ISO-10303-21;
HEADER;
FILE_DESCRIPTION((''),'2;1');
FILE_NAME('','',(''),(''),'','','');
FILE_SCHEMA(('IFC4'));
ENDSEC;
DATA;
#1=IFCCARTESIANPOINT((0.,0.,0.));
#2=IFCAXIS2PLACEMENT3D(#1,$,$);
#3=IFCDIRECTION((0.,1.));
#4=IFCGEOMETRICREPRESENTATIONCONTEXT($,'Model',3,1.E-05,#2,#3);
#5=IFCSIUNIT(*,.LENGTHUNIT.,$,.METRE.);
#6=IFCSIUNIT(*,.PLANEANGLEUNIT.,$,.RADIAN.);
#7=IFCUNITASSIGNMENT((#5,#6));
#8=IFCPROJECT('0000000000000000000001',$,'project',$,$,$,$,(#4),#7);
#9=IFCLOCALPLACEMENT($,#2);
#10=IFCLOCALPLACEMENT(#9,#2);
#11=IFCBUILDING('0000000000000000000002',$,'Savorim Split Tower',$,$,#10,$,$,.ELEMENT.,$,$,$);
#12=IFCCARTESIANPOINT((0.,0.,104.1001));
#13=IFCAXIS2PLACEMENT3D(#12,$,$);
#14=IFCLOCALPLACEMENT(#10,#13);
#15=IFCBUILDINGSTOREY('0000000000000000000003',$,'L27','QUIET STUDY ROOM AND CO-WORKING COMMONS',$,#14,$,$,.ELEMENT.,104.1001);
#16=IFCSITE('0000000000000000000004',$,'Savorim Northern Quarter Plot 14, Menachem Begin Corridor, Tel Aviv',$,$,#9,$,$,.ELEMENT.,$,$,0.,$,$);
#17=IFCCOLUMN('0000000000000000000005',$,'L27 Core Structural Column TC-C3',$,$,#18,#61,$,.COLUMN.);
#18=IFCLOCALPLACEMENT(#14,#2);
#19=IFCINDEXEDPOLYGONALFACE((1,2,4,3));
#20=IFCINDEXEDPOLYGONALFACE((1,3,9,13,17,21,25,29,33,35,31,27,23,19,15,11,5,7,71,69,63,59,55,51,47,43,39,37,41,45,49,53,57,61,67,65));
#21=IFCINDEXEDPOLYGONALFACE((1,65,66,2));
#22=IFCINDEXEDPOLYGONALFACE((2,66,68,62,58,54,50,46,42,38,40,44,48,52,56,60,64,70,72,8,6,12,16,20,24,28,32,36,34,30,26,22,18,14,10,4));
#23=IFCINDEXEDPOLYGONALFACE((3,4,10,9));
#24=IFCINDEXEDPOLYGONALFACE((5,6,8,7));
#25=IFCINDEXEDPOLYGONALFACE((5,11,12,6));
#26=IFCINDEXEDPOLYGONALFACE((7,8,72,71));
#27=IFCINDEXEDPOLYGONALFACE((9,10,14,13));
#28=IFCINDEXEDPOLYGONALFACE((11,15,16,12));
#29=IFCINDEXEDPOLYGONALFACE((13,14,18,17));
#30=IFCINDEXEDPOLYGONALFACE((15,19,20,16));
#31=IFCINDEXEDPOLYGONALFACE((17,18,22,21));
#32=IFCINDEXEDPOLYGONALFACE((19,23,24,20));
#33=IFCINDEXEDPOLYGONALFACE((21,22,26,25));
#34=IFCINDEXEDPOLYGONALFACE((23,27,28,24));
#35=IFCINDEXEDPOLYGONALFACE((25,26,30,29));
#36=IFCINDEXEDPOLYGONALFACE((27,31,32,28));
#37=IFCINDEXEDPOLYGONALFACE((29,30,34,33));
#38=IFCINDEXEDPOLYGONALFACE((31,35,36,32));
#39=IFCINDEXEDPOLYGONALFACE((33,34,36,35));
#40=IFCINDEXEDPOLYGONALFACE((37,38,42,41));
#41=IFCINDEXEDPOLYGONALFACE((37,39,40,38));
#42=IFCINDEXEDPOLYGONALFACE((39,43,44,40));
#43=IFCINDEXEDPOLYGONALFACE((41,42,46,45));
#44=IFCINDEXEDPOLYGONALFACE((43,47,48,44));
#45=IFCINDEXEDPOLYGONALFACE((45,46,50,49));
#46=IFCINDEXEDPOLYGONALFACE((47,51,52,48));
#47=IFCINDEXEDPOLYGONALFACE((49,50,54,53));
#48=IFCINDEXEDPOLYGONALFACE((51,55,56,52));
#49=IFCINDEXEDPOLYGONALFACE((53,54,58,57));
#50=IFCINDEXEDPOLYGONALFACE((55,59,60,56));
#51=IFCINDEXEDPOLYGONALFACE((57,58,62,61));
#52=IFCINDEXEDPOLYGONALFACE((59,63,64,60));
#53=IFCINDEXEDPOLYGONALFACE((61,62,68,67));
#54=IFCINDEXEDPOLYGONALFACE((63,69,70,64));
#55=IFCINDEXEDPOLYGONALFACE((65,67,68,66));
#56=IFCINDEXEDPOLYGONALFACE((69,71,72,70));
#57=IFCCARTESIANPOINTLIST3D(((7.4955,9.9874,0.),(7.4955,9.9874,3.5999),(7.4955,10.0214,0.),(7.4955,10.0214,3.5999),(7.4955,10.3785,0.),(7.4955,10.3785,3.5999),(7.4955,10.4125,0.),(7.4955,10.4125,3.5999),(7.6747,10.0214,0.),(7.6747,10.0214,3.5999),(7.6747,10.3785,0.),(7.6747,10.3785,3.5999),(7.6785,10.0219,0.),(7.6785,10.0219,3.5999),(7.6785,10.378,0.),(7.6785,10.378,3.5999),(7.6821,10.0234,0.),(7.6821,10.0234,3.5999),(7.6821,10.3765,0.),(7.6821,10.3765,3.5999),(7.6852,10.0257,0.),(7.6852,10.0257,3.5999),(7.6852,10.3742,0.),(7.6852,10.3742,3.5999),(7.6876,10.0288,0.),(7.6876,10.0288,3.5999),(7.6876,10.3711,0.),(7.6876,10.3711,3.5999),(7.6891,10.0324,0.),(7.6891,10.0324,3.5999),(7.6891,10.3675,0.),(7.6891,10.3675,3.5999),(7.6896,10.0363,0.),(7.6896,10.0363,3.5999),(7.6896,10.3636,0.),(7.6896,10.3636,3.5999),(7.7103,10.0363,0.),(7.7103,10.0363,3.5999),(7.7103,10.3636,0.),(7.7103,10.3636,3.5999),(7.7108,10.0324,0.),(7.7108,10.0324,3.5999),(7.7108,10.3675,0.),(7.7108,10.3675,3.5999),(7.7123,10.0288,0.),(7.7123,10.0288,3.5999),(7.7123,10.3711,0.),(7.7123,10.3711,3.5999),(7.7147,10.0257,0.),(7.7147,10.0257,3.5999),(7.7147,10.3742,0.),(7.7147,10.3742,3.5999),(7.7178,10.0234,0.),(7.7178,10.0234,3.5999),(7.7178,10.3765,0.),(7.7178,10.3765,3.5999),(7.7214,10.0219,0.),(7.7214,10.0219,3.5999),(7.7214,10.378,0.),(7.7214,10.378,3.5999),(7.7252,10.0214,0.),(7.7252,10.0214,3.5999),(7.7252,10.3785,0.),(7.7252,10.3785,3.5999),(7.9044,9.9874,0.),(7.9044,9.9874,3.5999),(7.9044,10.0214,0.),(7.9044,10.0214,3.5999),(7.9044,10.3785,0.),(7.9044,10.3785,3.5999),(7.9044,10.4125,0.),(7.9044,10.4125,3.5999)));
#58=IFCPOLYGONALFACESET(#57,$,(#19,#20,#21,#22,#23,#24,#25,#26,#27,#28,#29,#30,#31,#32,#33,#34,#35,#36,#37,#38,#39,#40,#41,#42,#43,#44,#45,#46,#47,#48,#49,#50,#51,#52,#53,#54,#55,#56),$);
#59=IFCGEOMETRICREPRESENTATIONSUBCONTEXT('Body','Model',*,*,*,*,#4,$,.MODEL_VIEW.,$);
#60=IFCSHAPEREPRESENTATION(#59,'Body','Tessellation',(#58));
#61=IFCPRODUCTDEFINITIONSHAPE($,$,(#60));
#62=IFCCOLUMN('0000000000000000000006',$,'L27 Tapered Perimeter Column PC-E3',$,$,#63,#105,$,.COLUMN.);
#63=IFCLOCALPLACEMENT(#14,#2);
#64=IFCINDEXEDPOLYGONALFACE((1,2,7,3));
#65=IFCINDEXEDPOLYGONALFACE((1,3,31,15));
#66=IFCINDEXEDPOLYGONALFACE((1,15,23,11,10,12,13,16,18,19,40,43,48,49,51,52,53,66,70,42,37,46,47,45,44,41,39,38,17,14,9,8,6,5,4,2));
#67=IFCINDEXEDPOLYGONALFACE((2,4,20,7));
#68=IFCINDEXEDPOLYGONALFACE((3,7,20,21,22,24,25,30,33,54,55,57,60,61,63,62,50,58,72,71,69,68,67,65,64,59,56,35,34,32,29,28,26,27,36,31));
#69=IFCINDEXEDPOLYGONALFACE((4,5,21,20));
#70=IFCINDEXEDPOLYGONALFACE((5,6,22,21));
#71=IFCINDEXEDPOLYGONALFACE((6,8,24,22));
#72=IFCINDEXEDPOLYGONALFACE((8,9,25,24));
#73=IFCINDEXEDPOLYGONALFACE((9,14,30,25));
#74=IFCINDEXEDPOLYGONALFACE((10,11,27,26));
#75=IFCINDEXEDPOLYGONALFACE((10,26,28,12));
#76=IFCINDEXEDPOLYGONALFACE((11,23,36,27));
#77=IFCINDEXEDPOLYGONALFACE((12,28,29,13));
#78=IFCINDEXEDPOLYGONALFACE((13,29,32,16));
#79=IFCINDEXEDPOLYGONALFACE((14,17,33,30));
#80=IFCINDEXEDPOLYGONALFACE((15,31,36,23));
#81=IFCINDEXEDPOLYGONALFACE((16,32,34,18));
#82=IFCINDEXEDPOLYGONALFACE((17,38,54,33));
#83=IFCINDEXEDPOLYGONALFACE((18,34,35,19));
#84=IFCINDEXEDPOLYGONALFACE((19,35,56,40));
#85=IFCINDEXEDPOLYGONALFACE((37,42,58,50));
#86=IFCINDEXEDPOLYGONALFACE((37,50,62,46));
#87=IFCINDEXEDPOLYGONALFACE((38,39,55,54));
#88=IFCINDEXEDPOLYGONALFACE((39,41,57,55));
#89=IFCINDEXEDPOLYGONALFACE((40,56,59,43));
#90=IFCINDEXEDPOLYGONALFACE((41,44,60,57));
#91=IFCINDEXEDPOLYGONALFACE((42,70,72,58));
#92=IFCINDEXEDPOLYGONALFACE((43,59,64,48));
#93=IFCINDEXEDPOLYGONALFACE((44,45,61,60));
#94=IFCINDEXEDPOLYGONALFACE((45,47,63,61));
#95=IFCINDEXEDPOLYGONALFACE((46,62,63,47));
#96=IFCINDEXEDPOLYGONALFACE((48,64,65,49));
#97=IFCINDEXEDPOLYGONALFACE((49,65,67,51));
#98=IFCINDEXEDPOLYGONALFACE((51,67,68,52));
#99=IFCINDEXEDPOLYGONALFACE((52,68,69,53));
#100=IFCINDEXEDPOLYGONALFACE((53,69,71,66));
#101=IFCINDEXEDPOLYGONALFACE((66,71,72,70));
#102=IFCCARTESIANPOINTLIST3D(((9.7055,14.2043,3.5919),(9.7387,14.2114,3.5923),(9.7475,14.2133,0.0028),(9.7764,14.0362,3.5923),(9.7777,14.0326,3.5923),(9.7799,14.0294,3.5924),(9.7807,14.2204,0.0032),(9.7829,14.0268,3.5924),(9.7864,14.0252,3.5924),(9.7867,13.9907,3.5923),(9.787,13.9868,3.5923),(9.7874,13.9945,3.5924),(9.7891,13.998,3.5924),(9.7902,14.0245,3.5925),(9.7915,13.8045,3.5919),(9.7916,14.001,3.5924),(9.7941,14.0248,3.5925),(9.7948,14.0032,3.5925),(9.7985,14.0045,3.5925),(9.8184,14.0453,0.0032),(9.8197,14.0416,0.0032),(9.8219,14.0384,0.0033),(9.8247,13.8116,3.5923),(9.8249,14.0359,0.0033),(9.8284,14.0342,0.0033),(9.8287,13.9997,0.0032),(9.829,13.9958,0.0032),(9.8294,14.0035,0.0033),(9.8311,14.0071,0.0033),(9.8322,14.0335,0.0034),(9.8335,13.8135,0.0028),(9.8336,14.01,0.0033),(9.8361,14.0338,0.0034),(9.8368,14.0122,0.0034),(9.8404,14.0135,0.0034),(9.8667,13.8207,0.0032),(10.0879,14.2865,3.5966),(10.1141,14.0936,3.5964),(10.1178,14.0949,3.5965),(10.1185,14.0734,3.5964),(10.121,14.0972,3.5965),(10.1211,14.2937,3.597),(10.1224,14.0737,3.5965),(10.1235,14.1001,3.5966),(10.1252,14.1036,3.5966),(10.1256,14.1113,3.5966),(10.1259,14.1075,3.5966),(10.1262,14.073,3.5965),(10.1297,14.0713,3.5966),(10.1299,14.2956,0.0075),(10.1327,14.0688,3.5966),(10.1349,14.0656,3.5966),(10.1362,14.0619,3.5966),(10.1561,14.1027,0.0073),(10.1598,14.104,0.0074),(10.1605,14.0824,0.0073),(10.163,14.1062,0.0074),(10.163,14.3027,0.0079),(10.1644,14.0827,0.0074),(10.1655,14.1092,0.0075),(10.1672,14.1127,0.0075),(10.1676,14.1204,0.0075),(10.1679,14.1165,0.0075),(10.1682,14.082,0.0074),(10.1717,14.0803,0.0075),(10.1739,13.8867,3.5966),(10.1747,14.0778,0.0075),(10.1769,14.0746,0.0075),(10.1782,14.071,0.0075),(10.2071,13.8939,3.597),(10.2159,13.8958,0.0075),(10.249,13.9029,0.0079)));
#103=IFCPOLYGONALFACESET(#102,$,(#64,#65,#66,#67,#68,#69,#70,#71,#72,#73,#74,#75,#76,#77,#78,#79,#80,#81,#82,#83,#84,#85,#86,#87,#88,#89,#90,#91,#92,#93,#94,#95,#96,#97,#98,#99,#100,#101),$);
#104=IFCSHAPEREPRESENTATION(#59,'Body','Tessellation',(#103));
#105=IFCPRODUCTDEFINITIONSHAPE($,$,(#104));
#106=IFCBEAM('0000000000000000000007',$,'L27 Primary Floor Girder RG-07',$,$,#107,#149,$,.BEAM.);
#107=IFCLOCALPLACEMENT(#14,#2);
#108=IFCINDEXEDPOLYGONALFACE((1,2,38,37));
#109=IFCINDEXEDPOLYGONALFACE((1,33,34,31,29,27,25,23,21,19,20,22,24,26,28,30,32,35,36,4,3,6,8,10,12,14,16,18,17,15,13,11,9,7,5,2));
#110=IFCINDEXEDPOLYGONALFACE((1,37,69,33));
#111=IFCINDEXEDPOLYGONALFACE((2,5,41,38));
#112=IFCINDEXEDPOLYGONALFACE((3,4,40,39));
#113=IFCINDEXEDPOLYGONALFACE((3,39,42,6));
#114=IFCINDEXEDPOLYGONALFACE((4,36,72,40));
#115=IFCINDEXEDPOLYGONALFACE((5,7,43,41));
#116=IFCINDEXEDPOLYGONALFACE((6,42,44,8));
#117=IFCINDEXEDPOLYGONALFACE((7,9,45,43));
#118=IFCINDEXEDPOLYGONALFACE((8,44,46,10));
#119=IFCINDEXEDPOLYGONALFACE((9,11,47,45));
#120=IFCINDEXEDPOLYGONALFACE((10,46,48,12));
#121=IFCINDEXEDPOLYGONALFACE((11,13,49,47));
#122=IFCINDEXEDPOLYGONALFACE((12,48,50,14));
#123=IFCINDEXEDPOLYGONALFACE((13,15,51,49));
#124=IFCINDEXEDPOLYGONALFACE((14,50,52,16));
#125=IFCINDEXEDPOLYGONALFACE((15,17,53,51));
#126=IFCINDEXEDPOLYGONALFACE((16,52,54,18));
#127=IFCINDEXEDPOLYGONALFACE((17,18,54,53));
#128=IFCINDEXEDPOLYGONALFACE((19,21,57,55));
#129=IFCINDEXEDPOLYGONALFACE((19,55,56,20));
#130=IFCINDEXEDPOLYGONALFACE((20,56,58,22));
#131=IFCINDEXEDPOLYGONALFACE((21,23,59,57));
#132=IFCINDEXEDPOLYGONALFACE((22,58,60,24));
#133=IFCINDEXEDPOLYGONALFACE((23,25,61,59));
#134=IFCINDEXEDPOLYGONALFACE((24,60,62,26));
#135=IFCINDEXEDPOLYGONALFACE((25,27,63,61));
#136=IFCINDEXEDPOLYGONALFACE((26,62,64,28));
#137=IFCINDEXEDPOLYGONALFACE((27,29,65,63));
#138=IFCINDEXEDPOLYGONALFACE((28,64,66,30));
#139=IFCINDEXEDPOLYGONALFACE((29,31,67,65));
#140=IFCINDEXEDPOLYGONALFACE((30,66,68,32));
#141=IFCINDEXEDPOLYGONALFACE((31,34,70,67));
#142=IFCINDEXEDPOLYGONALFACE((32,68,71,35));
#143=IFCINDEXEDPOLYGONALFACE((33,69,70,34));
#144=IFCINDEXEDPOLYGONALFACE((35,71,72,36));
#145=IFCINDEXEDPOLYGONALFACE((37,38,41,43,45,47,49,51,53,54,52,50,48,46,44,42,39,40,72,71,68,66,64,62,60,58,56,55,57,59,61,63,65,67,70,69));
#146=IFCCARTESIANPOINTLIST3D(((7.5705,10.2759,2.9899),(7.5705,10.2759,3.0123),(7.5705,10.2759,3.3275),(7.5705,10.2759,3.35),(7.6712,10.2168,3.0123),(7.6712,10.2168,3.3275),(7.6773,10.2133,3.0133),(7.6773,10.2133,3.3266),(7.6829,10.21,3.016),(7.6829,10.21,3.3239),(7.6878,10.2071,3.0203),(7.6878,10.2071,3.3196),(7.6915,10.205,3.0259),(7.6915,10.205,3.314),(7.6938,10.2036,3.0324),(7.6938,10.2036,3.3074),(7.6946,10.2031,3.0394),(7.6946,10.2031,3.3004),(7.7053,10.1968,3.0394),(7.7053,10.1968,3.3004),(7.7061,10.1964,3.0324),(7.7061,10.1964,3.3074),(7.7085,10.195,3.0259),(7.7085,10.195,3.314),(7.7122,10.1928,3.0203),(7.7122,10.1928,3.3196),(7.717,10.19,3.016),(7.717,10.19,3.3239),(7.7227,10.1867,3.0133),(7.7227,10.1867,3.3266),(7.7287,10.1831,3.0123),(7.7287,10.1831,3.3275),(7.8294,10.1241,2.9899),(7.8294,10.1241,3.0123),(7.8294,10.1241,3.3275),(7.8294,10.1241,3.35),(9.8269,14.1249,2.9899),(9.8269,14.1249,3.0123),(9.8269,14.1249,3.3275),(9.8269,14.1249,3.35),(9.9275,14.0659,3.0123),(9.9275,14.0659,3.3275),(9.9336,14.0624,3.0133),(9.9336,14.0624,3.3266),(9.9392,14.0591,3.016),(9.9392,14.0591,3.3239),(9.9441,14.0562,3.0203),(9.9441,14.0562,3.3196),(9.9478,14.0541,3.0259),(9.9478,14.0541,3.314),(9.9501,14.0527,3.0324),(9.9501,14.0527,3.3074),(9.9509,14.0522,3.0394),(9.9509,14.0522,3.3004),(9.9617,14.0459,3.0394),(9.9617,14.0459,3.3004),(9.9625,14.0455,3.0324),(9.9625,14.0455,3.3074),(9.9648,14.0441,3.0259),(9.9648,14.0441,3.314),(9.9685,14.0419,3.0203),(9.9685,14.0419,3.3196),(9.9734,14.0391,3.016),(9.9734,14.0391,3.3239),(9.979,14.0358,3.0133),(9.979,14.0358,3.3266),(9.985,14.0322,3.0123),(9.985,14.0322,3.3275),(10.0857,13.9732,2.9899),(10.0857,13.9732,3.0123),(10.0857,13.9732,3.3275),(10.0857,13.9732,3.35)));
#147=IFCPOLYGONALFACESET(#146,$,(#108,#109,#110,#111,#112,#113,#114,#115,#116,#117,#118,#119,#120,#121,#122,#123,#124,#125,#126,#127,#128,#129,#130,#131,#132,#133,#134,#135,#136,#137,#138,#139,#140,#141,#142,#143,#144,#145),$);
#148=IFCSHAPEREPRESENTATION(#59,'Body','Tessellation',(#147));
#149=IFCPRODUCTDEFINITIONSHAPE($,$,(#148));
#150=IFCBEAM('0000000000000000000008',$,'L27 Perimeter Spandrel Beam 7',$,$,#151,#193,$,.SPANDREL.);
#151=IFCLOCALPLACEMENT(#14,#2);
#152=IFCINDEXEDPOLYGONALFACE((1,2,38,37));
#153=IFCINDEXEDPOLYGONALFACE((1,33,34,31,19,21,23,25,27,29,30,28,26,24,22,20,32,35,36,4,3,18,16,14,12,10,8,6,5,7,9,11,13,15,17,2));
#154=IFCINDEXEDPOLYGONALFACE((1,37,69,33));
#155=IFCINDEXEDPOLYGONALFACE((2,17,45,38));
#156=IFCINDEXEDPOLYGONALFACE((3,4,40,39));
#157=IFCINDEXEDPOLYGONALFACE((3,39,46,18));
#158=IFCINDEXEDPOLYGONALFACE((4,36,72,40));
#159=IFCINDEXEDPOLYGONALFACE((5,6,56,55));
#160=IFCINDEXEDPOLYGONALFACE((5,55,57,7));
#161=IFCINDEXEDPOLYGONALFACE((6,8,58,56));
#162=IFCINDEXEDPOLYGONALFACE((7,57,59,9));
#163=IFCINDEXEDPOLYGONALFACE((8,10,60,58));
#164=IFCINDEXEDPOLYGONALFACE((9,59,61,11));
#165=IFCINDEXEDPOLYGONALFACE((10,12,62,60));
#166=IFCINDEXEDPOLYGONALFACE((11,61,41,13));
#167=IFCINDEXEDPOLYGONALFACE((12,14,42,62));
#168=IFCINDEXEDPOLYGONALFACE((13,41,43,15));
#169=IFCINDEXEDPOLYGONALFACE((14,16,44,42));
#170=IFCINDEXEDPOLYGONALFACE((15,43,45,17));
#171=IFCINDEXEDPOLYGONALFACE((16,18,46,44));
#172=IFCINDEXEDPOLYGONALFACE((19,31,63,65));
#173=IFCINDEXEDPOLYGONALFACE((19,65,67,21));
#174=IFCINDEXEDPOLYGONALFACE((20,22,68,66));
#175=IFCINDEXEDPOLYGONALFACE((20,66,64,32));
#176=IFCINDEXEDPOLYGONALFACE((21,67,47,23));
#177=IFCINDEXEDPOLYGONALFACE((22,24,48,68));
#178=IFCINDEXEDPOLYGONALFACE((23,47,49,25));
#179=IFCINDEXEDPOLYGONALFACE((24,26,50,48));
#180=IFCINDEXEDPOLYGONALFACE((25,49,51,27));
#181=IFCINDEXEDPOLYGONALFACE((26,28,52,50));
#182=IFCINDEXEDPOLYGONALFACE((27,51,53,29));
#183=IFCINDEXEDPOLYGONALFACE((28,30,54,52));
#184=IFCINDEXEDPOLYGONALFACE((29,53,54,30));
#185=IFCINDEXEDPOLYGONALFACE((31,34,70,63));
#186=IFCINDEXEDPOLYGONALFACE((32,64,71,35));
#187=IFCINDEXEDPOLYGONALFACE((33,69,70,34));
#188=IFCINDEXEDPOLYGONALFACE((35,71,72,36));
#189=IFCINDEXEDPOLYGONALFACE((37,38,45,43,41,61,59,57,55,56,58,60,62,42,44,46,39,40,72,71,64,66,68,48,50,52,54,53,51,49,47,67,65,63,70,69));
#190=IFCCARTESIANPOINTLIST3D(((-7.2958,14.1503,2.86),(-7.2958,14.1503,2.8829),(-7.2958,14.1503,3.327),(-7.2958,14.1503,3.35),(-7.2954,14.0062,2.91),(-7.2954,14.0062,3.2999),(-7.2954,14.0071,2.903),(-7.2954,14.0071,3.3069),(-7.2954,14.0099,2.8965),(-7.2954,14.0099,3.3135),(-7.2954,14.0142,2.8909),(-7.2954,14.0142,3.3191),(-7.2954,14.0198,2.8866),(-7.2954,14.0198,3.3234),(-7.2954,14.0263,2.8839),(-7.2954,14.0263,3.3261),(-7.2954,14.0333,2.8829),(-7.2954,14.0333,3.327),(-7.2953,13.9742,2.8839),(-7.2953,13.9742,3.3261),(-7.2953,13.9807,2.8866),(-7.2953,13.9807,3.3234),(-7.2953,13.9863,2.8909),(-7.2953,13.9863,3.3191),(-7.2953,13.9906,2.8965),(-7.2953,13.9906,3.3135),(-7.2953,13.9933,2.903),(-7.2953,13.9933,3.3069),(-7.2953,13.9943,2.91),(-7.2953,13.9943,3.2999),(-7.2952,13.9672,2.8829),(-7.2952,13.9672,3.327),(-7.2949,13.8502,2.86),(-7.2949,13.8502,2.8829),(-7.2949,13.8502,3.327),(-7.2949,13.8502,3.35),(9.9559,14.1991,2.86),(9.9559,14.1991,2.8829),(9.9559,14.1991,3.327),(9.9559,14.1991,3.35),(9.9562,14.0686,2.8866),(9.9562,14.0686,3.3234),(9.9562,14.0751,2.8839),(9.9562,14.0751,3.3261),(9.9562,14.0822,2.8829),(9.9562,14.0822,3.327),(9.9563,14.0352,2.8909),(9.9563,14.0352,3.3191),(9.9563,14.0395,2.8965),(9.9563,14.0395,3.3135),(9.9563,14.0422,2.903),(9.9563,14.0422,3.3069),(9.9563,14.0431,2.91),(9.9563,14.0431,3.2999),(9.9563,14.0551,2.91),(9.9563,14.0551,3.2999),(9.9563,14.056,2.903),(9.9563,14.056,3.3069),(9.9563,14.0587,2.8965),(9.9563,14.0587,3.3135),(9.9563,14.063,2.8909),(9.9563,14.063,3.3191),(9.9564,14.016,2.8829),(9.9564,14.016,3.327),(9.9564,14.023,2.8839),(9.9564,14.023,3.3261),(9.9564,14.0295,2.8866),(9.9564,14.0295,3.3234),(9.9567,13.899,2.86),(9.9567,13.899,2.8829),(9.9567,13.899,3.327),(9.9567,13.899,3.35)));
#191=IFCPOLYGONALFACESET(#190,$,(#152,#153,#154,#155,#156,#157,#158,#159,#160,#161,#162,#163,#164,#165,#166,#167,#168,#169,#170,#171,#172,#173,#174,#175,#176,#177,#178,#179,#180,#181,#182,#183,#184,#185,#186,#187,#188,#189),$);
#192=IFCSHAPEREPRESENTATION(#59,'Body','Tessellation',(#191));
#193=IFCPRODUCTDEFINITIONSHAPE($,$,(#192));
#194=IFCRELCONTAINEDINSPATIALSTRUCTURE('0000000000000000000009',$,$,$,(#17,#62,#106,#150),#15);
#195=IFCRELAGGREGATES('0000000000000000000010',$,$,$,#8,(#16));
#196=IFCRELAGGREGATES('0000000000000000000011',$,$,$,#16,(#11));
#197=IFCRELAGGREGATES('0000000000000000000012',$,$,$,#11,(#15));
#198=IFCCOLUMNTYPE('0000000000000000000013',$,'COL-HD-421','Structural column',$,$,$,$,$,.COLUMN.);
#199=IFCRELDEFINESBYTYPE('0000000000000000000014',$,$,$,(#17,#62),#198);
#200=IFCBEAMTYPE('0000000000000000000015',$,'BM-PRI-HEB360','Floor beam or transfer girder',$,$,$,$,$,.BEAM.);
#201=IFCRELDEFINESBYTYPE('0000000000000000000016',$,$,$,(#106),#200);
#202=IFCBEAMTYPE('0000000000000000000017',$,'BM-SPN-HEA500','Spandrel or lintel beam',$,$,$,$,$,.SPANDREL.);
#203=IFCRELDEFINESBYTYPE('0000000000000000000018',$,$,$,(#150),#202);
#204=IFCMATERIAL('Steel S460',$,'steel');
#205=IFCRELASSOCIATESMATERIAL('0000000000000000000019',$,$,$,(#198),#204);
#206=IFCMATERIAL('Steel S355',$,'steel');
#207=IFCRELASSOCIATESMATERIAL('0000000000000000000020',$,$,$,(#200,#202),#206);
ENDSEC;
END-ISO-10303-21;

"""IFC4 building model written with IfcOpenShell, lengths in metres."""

from ifc_helpers import new_model, si_unit, direction, frame, origin, origin_2d, place, context, subcontext, project, spatial, i_section, extrude, material, material_profile, profile_set, type_object, element, save


model = new_model("IFC4")

# Units and contexts
model_context = context("Model", 3, precision=1e-05, world=origin(), true_north=direction((0.0, 1.0)))
body_context = subcontext(model_context, "Body", "Model", "MODEL_VIEW")
ifc_project = project(units=[si_unit("LENGTHUNIT", "METRE"), si_unit("PLANEANGLEUNIT", "RADIAN")], contexts=[model_context])

# Site, building, storey
site_placement = place(None, origin())
site = spatial("IfcSite", under=ifc_project, at=site_placement, Name="Savorim Northern Quarter Plot 14, Menachem Begin Corridor, Tel Aviv", CompositionType="ELEMENT", RefElevation=0.0)
building_placement = place(site_placement, origin())
building = spatial("IfcBuilding", under=site, at=building_placement, Name="Savorim Split Tower", CompositionType="ELEMENT")
storey_placement = place(building_placement, frame((0.0, 0.0, 104.1001)))
storey = spatial("IfcBuildingStorey", under=building, at=storey_placement, Name="L27", Description="QUIET STUDY ROOM AND CO-WORKING COMMONS", CompositionType="ELEMENT", Elevation=104.1001)

# Columns
ifc_material_1 = material(Name="Steel S460", Category="steel")
ifc_material_profile_1 = material_profile(ifc_material_1, i_section(OverallWidth=0.4089, OverallDepth=0.425, WebThickness=0.0208, FlangeThickness=0.0339, FilletRadius=0.0149, at=origin_2d()), Name="HD 400x421")
ifc_profile_set_1 = profile_set([ifc_material_profile_1], Name="Steel S460")
column_type = type_object("IfcColumnType", Name="COL-HD-421", Description="Structural column", PredefinedType="COLUMN", material=ifc_profile_set_1)
column_1_placement = place(storey_placement, frame((7.7, 10.2, 0.0), z_axis=(0.0, 0.0, 1.0), x_axis=(1.0, 0.0, 0.0)))
element("IfcColumn", 1, at=column_1_placement, inside=storey, type_object=column_type, Name="L27 Core Structural Column TC-C3", PredefinedType="COLUMN", context=body_context, shape_type="SweptSolid", body=[
    extrude(i_section(OverallWidth=0.4089, OverallDepth=0.425, WebThickness=0.0208, FlangeThickness=0.0339, FilletRadius=0.0149, at=origin_2d()), origin(), (0.0, 0.0, 1.0), 3.5999),
])
column_2_placement = place(storey_placement, frame((9.9983, 14.0581, 0.0054), z_axis=(-0.011699, -0.002517, 0.999928), x_axis=(0.210305, -0.977636, 0.0)))
element("IfcColumn", 2, at=column_2_placement, inside=storey, type_object=column_type, Name="L27 Tapered Perimeter Column PC-E3", PredefinedType="COLUMN", context=body_context, shape_type="SweptSolid", body=[
    extrude(i_section(OverallWidth=0.4089, OverallDepth=0.425, WebThickness=0.0208, FlangeThickness=0.0339, FilletRadius=0.0149, at=origin_2d()), origin(), (0.0, 0.0, 1.0), 3.5894),
])

# Beams
ifc_material_2 = material(Name="Steel S355", Category="steel")
ifc_material_profile_2 = material_profile(ifc_material_2, i_section(OverallWidth=0.3, OverallDepth=0.3601, WebThickness=0.0125, FlangeThickness=0.0225, FilletRadius=0.0271, at=origin_2d()), Name="HEB 360")
ifc_profile_set_2 = profile_set([ifc_material_profile_2], Name="Steel S355")
beam_type_1 = type_object("IfcBeamType", Name="BM-PRI-HEB360", Description="Floor beam or transfer girder", PredefinedType="BEAM", material=ifc_profile_set_2)
beam_1_placement = place(storey_placement, frame((9.9563, 14.0491, 3.1699), z_axis=(-0.505714, -0.862701, 0.0), x_axis=(0.862701, -0.505714, 0.0)))
element("IfcBeam", 3, at=beam_1_placement, inside=storey, type_object=beam_type_1, Name="L27 Primary Floor Girder RG-07", PredefinedType="BEAM", context=body_context, shape_type="SweptSolid", body=[
    extrude(i_section(OverallWidth=0.3, OverallDepth=0.3601, WebThickness=0.0125, FlangeThickness=0.0225, FilletRadius=0.0271, at=origin_2d()), origin(), (0.0, 0.0, 1.0), 4.4617),
])
ifc_material_profile_3 = material_profile(ifc_material_2, i_section(OverallWidth=0.3, OverallDepth=0.49, WebThickness=0.012, FlangeThickness=0.0229, FilletRadius=0.0271, at=origin_2d()), Name="HEA 500")
ifc_profile_set_3 = profile_set([ifc_material_profile_3], Name="Steel S355")
beam_type_2 = type_object("IfcBeamType", Name="BM-SPN-HEA500", Description="Spandrel or lintel beam", PredefinedType="SPANDREL", material=ifc_profile_set_3)
beam_2_placement = place(storey_placement, frame((9.9563, 14.0491, 3.105), z_axis=(-0.999996, -0.00283, 0.0), x_axis=(0.00283, -0.999996, 0.0)))
element("IfcBeam", 4, at=beam_2_placement, inside=storey, type_object=beam_type_2, Name="L27 Perimeter Spandrel Beam 7", PredefinedType="SPANDREL", context=body_context, shape_type="SweptSolid", body=[
    extrude(i_section(OverallWidth=0.3, OverallDepth=0.49, WebThickness=0.012, FlangeThickness=0.0229, FilletRadius=0.0271, at=origin_2d()), origin(), (0.0, 0.0, 1.0), 17.2517),
])

save(model, "model.ifc")
